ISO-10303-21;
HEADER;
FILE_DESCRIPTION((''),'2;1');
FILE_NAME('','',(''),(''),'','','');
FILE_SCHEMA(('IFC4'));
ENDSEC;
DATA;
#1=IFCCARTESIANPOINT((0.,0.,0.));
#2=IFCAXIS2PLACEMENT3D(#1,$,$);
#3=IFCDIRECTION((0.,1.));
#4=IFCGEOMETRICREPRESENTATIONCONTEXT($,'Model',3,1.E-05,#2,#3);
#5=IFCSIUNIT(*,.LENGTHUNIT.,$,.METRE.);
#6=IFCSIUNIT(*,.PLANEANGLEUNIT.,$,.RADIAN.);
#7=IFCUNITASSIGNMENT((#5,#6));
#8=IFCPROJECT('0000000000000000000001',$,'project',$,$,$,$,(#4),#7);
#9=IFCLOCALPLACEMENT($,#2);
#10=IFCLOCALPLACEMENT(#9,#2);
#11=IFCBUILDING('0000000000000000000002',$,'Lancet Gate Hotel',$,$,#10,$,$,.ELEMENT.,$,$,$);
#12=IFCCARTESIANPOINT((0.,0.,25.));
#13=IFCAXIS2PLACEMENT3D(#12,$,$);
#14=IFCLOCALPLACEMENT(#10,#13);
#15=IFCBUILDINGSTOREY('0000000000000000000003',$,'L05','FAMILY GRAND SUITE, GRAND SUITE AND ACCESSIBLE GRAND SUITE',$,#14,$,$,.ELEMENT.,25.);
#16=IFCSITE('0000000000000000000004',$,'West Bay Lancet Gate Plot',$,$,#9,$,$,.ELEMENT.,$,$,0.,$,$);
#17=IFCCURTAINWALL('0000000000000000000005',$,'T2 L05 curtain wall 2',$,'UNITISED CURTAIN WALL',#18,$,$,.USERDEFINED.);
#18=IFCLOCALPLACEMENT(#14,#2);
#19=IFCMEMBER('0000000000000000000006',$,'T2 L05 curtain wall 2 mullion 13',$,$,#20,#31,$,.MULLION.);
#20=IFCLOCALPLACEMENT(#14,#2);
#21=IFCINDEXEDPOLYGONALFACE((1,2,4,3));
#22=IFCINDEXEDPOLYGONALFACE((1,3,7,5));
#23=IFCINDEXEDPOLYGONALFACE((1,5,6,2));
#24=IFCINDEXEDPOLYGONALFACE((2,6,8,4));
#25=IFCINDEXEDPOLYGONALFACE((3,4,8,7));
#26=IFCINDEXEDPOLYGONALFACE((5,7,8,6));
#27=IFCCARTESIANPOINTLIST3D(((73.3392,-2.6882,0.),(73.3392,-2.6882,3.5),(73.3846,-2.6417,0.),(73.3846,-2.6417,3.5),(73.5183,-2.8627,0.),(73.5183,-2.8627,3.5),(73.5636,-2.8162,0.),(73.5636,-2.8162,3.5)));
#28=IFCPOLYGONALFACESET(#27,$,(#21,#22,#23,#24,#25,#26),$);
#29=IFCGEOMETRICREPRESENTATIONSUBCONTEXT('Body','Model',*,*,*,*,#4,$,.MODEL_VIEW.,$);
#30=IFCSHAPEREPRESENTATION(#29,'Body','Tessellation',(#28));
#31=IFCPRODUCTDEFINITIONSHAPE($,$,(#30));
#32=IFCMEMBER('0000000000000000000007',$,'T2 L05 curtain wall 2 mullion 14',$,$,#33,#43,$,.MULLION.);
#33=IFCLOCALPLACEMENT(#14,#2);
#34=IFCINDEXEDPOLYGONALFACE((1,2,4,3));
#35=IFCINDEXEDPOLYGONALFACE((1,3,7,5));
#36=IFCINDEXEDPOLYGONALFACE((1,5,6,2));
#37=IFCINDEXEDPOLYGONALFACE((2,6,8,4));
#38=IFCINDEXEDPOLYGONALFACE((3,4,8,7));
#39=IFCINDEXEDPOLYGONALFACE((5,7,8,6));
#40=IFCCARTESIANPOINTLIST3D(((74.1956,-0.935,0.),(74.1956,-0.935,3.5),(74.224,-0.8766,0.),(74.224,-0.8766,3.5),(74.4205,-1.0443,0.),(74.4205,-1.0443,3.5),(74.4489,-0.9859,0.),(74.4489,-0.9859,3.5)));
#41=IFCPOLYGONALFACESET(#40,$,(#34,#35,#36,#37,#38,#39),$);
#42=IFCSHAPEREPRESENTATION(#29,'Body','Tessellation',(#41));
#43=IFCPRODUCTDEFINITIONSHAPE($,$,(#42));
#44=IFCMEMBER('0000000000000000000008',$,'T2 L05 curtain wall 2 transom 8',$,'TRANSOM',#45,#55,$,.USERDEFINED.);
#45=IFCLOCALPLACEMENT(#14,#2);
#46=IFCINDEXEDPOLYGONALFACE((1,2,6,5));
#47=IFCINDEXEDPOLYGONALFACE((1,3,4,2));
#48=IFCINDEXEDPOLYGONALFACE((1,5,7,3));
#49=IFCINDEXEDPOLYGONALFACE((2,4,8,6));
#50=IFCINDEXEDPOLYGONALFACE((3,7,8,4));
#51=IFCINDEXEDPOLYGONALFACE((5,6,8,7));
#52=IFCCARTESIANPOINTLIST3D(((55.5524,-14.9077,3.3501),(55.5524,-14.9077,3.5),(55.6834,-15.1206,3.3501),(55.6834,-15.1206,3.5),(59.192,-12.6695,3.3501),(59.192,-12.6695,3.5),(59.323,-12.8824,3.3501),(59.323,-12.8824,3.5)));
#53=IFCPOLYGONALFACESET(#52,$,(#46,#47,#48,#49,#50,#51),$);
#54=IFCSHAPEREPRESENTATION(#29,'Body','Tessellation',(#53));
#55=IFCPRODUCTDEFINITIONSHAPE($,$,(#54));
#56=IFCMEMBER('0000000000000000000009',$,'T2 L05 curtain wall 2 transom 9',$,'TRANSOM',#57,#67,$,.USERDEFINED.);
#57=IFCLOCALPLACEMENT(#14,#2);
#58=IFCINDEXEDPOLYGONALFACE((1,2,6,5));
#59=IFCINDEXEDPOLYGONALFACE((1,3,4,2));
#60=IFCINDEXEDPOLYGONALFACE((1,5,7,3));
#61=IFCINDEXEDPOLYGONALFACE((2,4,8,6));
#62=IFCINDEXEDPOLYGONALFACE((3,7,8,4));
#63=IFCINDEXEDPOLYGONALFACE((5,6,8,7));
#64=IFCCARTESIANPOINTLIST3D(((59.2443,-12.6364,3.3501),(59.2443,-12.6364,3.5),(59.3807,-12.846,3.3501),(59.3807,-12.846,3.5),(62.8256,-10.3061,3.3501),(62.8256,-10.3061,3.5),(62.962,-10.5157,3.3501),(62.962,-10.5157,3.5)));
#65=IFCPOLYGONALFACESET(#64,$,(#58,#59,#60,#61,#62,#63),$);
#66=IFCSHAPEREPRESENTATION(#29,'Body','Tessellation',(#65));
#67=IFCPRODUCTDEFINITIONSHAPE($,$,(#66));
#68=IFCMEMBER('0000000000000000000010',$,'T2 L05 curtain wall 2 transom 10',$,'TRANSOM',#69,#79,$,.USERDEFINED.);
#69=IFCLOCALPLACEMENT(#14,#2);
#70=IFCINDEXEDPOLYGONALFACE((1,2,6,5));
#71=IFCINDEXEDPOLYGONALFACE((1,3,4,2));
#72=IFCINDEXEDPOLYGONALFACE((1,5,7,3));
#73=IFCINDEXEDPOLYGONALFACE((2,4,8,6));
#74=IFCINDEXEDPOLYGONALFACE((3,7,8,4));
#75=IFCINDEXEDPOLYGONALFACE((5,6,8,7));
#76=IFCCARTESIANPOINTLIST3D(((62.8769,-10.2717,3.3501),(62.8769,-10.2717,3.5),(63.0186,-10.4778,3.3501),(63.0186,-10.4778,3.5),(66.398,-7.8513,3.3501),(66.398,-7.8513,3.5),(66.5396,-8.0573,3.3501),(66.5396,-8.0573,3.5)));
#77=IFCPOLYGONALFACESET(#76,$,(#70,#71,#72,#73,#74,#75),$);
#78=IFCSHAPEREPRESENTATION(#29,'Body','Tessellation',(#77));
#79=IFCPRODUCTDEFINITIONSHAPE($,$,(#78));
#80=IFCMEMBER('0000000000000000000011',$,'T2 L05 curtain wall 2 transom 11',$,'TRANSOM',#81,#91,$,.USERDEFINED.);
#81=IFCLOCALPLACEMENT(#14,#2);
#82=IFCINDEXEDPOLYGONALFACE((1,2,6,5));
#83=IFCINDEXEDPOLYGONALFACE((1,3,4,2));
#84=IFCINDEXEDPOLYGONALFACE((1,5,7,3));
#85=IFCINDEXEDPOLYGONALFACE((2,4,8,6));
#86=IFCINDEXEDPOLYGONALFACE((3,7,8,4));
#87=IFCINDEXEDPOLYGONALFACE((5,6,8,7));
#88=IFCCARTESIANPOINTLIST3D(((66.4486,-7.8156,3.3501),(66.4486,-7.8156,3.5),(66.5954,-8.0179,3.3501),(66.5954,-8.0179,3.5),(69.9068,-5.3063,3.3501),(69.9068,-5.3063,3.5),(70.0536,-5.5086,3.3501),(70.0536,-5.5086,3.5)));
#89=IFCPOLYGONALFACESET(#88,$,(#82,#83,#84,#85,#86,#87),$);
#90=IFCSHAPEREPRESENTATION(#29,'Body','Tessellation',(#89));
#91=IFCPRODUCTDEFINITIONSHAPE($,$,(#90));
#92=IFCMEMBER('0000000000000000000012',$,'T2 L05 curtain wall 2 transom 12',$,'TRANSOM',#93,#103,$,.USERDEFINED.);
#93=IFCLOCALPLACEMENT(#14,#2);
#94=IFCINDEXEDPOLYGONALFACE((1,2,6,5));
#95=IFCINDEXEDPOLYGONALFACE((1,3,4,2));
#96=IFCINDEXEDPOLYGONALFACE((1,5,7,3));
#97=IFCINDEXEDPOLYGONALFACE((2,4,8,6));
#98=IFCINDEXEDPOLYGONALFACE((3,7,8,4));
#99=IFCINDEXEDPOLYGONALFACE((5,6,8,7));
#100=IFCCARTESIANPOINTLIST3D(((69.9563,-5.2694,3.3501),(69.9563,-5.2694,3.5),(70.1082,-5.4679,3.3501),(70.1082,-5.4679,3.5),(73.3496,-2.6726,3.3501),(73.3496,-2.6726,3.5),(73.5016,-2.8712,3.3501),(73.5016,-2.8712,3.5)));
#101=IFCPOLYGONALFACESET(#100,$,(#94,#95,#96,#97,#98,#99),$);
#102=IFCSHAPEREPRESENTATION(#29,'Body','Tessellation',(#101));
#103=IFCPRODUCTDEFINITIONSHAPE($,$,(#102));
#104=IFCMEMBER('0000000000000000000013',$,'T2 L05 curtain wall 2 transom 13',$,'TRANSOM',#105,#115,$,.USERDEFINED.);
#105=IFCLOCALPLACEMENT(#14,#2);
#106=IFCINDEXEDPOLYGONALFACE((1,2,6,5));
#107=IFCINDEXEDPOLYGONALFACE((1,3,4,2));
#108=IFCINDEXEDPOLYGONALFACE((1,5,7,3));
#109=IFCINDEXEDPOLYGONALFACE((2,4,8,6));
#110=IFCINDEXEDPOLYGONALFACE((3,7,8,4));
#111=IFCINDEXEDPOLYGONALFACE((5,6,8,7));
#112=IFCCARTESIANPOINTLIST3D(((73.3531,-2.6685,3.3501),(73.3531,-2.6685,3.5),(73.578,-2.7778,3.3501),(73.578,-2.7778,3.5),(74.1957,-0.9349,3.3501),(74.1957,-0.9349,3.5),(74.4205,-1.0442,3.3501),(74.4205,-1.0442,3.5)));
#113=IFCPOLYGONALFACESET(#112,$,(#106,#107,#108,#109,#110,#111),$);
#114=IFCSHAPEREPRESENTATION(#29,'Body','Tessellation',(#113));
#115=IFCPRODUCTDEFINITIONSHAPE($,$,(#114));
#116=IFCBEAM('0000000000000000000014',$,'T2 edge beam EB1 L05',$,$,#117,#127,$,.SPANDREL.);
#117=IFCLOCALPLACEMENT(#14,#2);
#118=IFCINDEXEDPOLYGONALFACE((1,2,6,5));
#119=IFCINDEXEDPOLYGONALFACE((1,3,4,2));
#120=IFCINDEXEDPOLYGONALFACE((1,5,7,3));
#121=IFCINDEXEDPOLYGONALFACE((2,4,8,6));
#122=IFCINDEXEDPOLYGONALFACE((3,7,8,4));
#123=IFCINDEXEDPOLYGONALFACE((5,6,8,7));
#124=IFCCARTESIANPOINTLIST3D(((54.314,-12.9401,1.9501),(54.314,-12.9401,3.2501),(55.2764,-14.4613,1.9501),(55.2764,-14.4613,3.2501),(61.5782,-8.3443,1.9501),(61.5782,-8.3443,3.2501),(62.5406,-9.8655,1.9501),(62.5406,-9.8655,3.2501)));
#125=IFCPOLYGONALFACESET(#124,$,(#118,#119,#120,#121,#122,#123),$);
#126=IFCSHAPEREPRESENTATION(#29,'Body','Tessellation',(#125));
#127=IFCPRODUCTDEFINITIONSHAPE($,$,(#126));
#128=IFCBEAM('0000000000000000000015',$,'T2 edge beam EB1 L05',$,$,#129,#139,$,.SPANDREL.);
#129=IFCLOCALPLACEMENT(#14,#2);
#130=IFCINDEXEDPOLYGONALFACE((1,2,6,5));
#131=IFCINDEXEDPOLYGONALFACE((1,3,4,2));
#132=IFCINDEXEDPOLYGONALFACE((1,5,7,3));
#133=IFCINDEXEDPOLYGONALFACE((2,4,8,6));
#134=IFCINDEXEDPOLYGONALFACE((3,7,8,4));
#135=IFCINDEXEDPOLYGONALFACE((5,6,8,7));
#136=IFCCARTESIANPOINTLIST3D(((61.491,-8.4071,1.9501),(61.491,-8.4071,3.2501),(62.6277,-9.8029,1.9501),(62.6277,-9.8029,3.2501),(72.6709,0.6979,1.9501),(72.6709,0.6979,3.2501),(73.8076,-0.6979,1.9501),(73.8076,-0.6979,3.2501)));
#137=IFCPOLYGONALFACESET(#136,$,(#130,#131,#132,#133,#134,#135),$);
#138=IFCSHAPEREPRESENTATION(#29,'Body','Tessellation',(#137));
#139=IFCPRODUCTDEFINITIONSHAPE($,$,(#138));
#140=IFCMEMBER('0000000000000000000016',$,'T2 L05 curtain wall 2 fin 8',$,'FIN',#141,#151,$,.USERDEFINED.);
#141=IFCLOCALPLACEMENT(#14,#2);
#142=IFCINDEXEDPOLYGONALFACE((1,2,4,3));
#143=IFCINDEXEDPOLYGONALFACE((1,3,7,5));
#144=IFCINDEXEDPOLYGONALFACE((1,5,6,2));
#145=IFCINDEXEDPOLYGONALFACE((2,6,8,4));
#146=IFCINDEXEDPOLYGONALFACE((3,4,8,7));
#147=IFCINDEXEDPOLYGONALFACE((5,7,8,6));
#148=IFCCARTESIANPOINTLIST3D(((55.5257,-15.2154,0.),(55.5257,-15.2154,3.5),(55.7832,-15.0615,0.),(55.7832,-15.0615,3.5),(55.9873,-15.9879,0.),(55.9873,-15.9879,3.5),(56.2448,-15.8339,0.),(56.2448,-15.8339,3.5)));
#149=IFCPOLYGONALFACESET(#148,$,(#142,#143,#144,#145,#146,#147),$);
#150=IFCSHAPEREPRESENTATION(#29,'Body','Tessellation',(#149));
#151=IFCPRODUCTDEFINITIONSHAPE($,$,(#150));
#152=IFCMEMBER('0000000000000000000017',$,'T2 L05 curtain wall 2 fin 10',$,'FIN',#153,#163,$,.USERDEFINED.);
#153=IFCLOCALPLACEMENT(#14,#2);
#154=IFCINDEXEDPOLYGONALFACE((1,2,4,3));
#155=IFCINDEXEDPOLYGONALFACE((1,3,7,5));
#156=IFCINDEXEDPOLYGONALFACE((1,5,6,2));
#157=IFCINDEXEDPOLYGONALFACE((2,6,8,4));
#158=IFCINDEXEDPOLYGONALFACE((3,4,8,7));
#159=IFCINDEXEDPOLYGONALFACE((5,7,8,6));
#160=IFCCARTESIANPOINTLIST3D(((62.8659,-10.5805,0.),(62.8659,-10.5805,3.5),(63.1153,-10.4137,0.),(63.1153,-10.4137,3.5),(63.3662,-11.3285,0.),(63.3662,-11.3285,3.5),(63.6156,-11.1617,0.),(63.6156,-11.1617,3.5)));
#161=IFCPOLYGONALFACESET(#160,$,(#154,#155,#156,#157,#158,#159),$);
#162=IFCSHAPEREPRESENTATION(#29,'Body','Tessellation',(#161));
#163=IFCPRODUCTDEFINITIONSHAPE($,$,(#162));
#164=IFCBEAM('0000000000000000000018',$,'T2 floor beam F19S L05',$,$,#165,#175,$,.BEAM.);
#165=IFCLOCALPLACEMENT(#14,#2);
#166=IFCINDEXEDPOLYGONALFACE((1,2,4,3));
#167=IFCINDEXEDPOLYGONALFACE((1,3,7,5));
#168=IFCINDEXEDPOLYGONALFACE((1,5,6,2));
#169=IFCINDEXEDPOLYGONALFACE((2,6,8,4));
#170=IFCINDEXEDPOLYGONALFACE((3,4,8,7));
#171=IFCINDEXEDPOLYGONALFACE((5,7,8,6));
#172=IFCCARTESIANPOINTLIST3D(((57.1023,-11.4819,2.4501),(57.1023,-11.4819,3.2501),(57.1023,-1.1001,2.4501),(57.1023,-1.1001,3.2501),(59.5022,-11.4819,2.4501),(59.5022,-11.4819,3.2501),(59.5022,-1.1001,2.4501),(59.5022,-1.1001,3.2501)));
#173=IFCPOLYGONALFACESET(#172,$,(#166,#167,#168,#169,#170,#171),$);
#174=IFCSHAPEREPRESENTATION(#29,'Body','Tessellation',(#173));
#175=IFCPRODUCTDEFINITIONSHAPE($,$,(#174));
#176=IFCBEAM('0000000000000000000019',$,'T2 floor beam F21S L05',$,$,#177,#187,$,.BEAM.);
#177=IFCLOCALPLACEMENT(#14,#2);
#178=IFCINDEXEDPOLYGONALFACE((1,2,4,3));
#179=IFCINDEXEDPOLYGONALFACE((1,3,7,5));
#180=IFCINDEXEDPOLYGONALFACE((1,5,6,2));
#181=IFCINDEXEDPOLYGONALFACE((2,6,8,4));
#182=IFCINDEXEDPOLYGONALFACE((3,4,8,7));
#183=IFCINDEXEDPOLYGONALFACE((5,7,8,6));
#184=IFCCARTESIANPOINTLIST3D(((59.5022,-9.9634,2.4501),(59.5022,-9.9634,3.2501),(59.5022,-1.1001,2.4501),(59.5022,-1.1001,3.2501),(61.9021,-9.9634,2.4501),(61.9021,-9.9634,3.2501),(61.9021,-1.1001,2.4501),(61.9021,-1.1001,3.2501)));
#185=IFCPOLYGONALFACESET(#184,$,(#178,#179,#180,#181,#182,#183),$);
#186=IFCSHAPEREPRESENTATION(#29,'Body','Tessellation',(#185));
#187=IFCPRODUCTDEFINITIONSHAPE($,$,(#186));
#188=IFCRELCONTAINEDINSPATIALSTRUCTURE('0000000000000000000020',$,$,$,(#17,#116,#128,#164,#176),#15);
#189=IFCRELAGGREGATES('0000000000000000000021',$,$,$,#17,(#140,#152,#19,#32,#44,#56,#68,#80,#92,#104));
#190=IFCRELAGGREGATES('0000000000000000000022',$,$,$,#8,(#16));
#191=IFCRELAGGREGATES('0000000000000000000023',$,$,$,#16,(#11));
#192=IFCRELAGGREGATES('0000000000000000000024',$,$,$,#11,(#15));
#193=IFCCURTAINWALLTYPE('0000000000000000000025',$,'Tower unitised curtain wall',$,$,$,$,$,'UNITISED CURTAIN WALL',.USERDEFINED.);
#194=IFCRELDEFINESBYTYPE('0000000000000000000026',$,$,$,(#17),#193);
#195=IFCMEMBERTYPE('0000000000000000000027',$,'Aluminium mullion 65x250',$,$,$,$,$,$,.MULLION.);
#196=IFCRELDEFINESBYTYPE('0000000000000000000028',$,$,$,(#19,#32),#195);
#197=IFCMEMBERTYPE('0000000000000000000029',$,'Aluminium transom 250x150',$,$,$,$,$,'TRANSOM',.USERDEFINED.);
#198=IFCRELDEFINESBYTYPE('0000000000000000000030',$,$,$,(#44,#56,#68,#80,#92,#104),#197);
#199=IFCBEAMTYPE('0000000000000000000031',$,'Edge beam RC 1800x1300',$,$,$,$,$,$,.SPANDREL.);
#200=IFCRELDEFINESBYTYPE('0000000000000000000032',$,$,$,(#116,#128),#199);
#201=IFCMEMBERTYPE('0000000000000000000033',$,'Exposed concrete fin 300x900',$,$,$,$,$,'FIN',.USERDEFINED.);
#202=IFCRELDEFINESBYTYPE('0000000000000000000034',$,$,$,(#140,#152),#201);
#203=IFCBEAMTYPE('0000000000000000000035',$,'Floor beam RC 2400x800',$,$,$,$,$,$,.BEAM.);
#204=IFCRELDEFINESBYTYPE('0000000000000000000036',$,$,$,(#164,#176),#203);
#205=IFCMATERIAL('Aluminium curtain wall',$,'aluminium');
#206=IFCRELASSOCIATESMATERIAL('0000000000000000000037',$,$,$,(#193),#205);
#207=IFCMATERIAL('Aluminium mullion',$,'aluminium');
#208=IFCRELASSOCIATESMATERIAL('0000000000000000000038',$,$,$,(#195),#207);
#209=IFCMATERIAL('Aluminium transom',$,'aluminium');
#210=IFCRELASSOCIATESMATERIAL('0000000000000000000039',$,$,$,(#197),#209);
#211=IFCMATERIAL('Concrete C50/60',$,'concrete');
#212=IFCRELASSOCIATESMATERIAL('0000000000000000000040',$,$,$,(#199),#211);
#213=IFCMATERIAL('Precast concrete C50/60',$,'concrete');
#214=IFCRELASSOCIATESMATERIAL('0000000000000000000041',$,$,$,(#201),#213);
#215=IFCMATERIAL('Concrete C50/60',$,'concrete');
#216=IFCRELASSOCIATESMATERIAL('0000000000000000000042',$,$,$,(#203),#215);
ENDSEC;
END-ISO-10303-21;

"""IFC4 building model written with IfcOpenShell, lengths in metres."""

from ifc_helpers import new_model, si_unit, direction, frame, origin, origin_2d, place, context, subcontext, project, spatial, rectangle, extrude, material, material_profile, profile_set, type_object, element, aggregate, save


model = new_model("IFC4")

# Units and contexts
model_context = context("Model", 3, precision=1e-05, world=origin(), true_north=direction((0.0, 1.0)))
body_context = subcontext(model_context, "Body", "Model", "MODEL_VIEW")
ifc_project = project(units=[si_unit("LENGTHUNIT", "METRE"), si_unit("PLANEANGLEUNIT", "RADIAN")], contexts=[model_context])

# Site, building, storey
site_placement = place(None, origin())
site = spatial("IfcSite", under=ifc_project, at=site_placement, Name="West Bay Lancet Gate Plot", CompositionType="ELEMENT", RefElevation=0.0)
building_placement = place(site_placement, origin())
building = spatial("IfcBuilding", under=site, at=building_placement, Name="Lancet Gate Hotel", CompositionType="ELEMENT")
storey_placement = place(building_placement, frame((0.0, 0.0, 25.0)))
storey = spatial("IfcBuildingStorey", under=building, at=storey_placement, Name="L05", Description="FAMILY GRAND SUITE, GRAND SUITE AND ACCESSIBLE GRAND SUITE", CompositionType="ELEMENT", Elevation=25.0)

# Curtain wall, members
ifc_material_1 = material(Name="Aluminium curtain wall", Category="aluminium")
curtain_wall_type = type_object("IfcCurtainWallType", Name="Tower unitised curtain wall", ElementType="UNITISED CURTAIN WALL", PredefinedType="USERDEFINED", material=ifc_material_1)
curtain_wall_placement = place(storey_placement, origin())
curtain_wall = element("IfcCurtainWall", 1, at=curtain_wall_placement, inside=storey, type_object=curtain_wall_type, Name="T2 L05 curtain wall 2", ObjectType="UNITISED CURTAIN WALL", PredefinedType="USERDEFINED")
ifc_material_2 = material(Name="Aluminium mullion", Category="aluminium")
ifc_material_profile_1 = material_profile(ifc_material_2, rectangle(XDim=0.0649, YDim=0.25, at=origin_2d()), Name="MULLION 65x250")
ifc_profile_set_1 = profile_set([ifc_material_profile_1], Name="Aluminium mullion")
member_type_1 = type_object("IfcMemberType", Name="Aluminium mullion 65x250", PredefinedType="MULLION", material=ifc_profile_set_1)
member_1_placement = place(storey_placement, frame((73.4514, -2.7522, 0.0), z_axis=(0.0, 0.0, 1.0), x_axis=(0.697983, 0.716114, 0.0)))
member_1 = element("IfcMember", 2, at=member_1_placement, type_object=member_type_1, Name="T2 L05 curtain wall 2 mullion 13", PredefinedType="MULLION", context=body_context, shape_type="SweptSolid", body=[
    extrude(rectangle(XDim=0.0649, YDim=0.25, at=origin_2d()), origin(), (0.0, 0.0, 1.0), 3.5),
])
member_2_placement = place(storey_placement, frame((74.3223, -0.9604, 0.0), z_axis=(0.0, 0.0, 1.0), x_axis=(0.437169, 0.899379, 0.0)))
member_2 = element("IfcMember", 3, at=member_2_placement, type_object=member_type_1, Name="T2 L05 curtain wall 2 mullion 14", PredefinedType="MULLION", context=body_context, shape_type="SweptSolid", body=[
    extrude(rectangle(XDim=0.0649, YDim=0.25, at=origin_2d()), origin(), (0.0, 0.0, 1.0), 3.5),
])
ifc_material_3 = material(Name="Aluminium transom", Category="aluminium")
ifc_material_profile_2 = material_profile(ifc_material_3, rectangle(XDim=0.25, YDim=0.1499, at=origin_2d()), Name="TRANSOM 250x150")
ifc_profile_set_2 = profile_set([ifc_material_profile_2], Name="Aluminium transom")
member_type_2 = type_object("IfcMemberType", Name="Aluminium transom 250x150", ElementType="TRANSOM", PredefinedType="USERDEFINED", material=ifc_profile_set_2)
member_3_placement = place(storey_placement, frame((55.6179, -15.0142, 3.425), z_axis=(0.851815, 0.523842, 0.0), x_axis=(-0.523842, 0.851815, 0.0)))
member_3 = element("IfcMember", 4, at=member_3_placement, type_object=member_type_2, Name="T2 L05 curtain wall 2 transom 8", ObjectType="TRANSOM", PredefinedType="USERDEFINED", context=body_context, shape_type="SweptSolid", body=[
    extrude(rectangle(XDim=0.25, YDim=0.1499, at=origin_2d()), origin(), (0.0, 0.0, 1.0), 4.2727),
])
member_4_placement = place(storey_placement, frame((59.3125, -12.7412, 3.425), z_axis=(0.838179, 0.545396, 0.0), x_axis=(-0.545396, 0.838179, 0.0)))
member_4 = element("IfcMember", 5, at=member_4_placement, type_object=member_type_2, Name="T2 L05 curtain wall 2 transom 9", ObjectType="TRANSOM", PredefinedType="USERDEFINED", context=body_context, shape_type="SweptSolid", body=[
    extrude(rectangle(XDim=0.25, YDim=0.1499, at=origin_2d()), origin(), (0.0, 0.0, 1.0), 4.2727),
])
member_5_placement = place(storey_placement, frame((62.9478, -10.3748, 3.425), z_axis=(0.824072, 0.566485, 0.0), x_axis=(-0.566485, 0.824072, 0.0)))
member_5 = element("IfcMember", 6, at=member_5_placement, type_object=member_type_2, Name="T2 L05 curtain wall 2 transom 10", ObjectType="TRANSOM", PredefinedType="USERDEFINED", context=body_context, shape_type="SweptSolid", body=[
    extrude(rectangle(XDim=0.25, YDim=0.1499, at=origin_2d()), origin(), (0.0, 0.0, 1.0), 4.2727),
])
member_6_placement = place(storey_placement, frame((66.522, -7.9167, 3.425), z_axis=(0.809383, 0.587281, 0.0), x_axis=(-0.587281, 0.809383, 0.0)))
member_6 = element("IfcMember", 7, at=member_6_placement, type_object=member_type_2, Name="T2 L05 curtain wall 2 transom 11", ObjectType="TRANSOM", PredefinedType="USERDEFINED", context=body_context, shape_type="SweptSolid", body=[
    extrude(rectangle(XDim=0.25, YDim=0.1499, at=origin_2d()), origin(), (0.0, 0.0, 1.0), 4.2727),
])
member_7_placement = place(storey_placement, frame((70.0322, -5.3687, 3.425), z_axis=(0.794155, 0.607715, 0.0), x_axis=(-0.607715, 0.794155, 0.0)))
member_7 = element("IfcMember", 8, at=member_7_placement, type_object=member_type_2, Name="T2 L05 curtain wall 2 transom 12", ObjectType="TRANSOM", PredefinedType="USERDEFINED", context=body_context, shape_type="SweptSolid", body=[
    extrude(rectangle(XDim=0.25, YDim=0.1499, at=origin_2d()), origin(), (0.0, 0.0, 1.0), 4.2729),
])
member_8_placement = place(storey_placement, frame((73.4656, -2.7231, 3.425), z_axis=(0.437103, 0.899411, 0.0), x_axis=(-0.899411, 0.437103, 0.0)))
member_8 = element("IfcMember", 9, at=member_8_placement, type_object=member_type_2, Name="T2 L05 curtain wall 2 transom 13", ObjectType="TRANSOM", PredefinedType="USERDEFINED", context=body_context, shape_type="SweptSolid", body=[
    extrude(rectangle(XDim=0.25, YDim=0.1499, at=origin_2d()), origin(), (0.0, 0.0, 1.0), 1.9275),
])

# Beams
ifc_material_4 = material(Name="Concrete C50/60", Category="concrete")
ifc_material_profile_3 = material_profile(ifc_material_4, rectangle(XDim=1.8, YDim=1.3, at=origin_2d()), Name="RC 1800x1300")
ifc_profile_set_3 = profile_set([ifc_material_profile_3], Name="Concrete C50/60")
beam_type_1 = type_object("IfcBeamType", Name="Edge beam RC 1800x1300", PredefinedType="SPANDREL", material=ifc_profile_set_3)
beam_1_placement = place(storey_placement, frame((54.7952, -13.7007, 2.6001), z_axis=(0.845078, 0.534643, 0.0), x_axis=(-0.534643, 0.845078, 0.0)))
element("IfcBeam", 10, at=beam_1_placement, inside=storey, type_object=beam_type_1, Name="T2 edge beam EB1 L05", PredefinedType="SPANDREL", context=body_context, shape_type="SweptSolid", body=[
    extrude(rectangle(XDim=1.8, YDim=1.3, at=origin_2d()), origin(), (0.0, 0.0, 1.0), 8.5959),
])
beam_2_placement = place(storey_placement, frame((62.0593, -9.105, 2.6001), z_axis=(0.775391, 0.631481, 0.0), x_axis=(-0.631481, 0.775391, 0.0)))
element("IfcBeam", 11, at=beam_2_placement, inside=storey, type_object=beam_type_1, Name="T2 edge beam EB1 L05", PredefinedType="SPANDREL", context=body_context, shape_type="SweptSolid", body=[
    extrude(rectangle(XDim=1.8, YDim=1.3, at=origin_2d()), origin(), (0.0, 0.0, 1.0), 14.4185),
])

# Members
ifc_material_5 = material(Name="Precast concrete C50/60", Category="concrete")
ifc_material_profile_4 = material_profile(ifc_material_5, rectangle(XDim=0.3, YDim=0.8999, at=origin_2d()), Name="FIN 300x900")
ifc_profile_set_4 = profile_set([ifc_material_profile_4], Name="Precast concrete C50/60")
member_type_3 = type_object("IfcMemberType", Name="Exposed concrete fin 300x900", ElementType="FIN", PredefinedType="USERDEFINED", material=ifc_profile_set_4)
member_9_placement = place(storey_placement, frame((55.8853, -15.5247, 0.0), z_axis=(0.0, 0.0, 1.0), x_axis=(0.858413, 0.512959, 0.0)))
member_9 = element("IfcMember", 12, at=member_9_placement, type_object=member_type_3, Name="T2 L05 curtain wall 2 fin 8", ObjectType="FIN", PredefinedType="USERDEFINED", context=body_context, shape_type="SweptSolid", body=[
    extrude(rectangle(XDim=0.3, YDim=0.8999, at=origin_2d()), origin(), (0.0, 0.0, 1.0), 3.5),
])
member_10_placement = place(storey_placement, frame((63.2407, -10.8711, 0.0), z_axis=(0.0, 0.0, 1.0), x_axis=(0.831198, 0.555976, 0.0)))
member_10 = element("IfcMember", 13, at=member_10_placement, type_object=member_type_3, Name="T2 L05 curtain wall 2 fin 10", ObjectType="FIN", PredefinedType="USERDEFINED", context=body_context, shape_type="SweptSolid", body=[
    extrude(rectangle(XDim=0.3, YDim=0.8999, at=origin_2d()), origin(), (0.0, 0.0, 1.0), 3.5),
])

# Beams
ifc_material_6 = material(Name="Concrete C50/60", Category="concrete")
ifc_material_profile_5 = material_profile(ifc_material_6, rectangle(XDim=2.3999, YDim=0.8, at=origin_2d()), Name="RC 2400x800")
ifc_profile_set_5 = profile_set([ifc_material_profile_5], Name="Concrete C50/60")
beam_type_2 = type_object("IfcBeamType", Name="Floor beam RC 2400x800", PredefinedType="BEAM", material=ifc_profile_set_5)
beam_3_placement = place(storey_placement, frame((58.3022, -11.4819, 2.8501), z_axis=(0.0, 1.0, 0.0), x_axis=(-1.0, 0.0, 0.0)))
element("IfcBeam", 14, at=beam_3_placement, inside=storey, type_object=beam_type_2, Name="T2 floor beam F19S L05", PredefinedType="BEAM", context=body_context, shape_type="SweptSolid", body=[
    extrude(rectangle(XDim=2.3999, YDim=0.8, at=origin_2d()), origin(), (0.0, 0.0, 1.0), 10.3818),
])
beam_4_placement = place(storey_placement, frame((60.7021, -9.9634, 2.8501), z_axis=(0.0, 1.0, 0.0), x_axis=(-1.0, 0.0, 0.0)))
element("IfcBeam", 15, at=beam_4_placement, inside=storey, type_object=beam_type_2, Name="T2 floor beam F21S L05", PredefinedType="BEAM", context=body_context, shape_type="SweptSolid", body=[
    extrude(rectangle(XDim=2.3999, YDim=0.8, at=origin_2d()), origin(), (0.0, 0.0, 1.0), 8.8633),
])

aggregate(curtain_wall, [member_9, member_10, member_1, member_2, member_3, member_4, member_5, member_6, member_7, member_8])

save(model, "model.ifc")
